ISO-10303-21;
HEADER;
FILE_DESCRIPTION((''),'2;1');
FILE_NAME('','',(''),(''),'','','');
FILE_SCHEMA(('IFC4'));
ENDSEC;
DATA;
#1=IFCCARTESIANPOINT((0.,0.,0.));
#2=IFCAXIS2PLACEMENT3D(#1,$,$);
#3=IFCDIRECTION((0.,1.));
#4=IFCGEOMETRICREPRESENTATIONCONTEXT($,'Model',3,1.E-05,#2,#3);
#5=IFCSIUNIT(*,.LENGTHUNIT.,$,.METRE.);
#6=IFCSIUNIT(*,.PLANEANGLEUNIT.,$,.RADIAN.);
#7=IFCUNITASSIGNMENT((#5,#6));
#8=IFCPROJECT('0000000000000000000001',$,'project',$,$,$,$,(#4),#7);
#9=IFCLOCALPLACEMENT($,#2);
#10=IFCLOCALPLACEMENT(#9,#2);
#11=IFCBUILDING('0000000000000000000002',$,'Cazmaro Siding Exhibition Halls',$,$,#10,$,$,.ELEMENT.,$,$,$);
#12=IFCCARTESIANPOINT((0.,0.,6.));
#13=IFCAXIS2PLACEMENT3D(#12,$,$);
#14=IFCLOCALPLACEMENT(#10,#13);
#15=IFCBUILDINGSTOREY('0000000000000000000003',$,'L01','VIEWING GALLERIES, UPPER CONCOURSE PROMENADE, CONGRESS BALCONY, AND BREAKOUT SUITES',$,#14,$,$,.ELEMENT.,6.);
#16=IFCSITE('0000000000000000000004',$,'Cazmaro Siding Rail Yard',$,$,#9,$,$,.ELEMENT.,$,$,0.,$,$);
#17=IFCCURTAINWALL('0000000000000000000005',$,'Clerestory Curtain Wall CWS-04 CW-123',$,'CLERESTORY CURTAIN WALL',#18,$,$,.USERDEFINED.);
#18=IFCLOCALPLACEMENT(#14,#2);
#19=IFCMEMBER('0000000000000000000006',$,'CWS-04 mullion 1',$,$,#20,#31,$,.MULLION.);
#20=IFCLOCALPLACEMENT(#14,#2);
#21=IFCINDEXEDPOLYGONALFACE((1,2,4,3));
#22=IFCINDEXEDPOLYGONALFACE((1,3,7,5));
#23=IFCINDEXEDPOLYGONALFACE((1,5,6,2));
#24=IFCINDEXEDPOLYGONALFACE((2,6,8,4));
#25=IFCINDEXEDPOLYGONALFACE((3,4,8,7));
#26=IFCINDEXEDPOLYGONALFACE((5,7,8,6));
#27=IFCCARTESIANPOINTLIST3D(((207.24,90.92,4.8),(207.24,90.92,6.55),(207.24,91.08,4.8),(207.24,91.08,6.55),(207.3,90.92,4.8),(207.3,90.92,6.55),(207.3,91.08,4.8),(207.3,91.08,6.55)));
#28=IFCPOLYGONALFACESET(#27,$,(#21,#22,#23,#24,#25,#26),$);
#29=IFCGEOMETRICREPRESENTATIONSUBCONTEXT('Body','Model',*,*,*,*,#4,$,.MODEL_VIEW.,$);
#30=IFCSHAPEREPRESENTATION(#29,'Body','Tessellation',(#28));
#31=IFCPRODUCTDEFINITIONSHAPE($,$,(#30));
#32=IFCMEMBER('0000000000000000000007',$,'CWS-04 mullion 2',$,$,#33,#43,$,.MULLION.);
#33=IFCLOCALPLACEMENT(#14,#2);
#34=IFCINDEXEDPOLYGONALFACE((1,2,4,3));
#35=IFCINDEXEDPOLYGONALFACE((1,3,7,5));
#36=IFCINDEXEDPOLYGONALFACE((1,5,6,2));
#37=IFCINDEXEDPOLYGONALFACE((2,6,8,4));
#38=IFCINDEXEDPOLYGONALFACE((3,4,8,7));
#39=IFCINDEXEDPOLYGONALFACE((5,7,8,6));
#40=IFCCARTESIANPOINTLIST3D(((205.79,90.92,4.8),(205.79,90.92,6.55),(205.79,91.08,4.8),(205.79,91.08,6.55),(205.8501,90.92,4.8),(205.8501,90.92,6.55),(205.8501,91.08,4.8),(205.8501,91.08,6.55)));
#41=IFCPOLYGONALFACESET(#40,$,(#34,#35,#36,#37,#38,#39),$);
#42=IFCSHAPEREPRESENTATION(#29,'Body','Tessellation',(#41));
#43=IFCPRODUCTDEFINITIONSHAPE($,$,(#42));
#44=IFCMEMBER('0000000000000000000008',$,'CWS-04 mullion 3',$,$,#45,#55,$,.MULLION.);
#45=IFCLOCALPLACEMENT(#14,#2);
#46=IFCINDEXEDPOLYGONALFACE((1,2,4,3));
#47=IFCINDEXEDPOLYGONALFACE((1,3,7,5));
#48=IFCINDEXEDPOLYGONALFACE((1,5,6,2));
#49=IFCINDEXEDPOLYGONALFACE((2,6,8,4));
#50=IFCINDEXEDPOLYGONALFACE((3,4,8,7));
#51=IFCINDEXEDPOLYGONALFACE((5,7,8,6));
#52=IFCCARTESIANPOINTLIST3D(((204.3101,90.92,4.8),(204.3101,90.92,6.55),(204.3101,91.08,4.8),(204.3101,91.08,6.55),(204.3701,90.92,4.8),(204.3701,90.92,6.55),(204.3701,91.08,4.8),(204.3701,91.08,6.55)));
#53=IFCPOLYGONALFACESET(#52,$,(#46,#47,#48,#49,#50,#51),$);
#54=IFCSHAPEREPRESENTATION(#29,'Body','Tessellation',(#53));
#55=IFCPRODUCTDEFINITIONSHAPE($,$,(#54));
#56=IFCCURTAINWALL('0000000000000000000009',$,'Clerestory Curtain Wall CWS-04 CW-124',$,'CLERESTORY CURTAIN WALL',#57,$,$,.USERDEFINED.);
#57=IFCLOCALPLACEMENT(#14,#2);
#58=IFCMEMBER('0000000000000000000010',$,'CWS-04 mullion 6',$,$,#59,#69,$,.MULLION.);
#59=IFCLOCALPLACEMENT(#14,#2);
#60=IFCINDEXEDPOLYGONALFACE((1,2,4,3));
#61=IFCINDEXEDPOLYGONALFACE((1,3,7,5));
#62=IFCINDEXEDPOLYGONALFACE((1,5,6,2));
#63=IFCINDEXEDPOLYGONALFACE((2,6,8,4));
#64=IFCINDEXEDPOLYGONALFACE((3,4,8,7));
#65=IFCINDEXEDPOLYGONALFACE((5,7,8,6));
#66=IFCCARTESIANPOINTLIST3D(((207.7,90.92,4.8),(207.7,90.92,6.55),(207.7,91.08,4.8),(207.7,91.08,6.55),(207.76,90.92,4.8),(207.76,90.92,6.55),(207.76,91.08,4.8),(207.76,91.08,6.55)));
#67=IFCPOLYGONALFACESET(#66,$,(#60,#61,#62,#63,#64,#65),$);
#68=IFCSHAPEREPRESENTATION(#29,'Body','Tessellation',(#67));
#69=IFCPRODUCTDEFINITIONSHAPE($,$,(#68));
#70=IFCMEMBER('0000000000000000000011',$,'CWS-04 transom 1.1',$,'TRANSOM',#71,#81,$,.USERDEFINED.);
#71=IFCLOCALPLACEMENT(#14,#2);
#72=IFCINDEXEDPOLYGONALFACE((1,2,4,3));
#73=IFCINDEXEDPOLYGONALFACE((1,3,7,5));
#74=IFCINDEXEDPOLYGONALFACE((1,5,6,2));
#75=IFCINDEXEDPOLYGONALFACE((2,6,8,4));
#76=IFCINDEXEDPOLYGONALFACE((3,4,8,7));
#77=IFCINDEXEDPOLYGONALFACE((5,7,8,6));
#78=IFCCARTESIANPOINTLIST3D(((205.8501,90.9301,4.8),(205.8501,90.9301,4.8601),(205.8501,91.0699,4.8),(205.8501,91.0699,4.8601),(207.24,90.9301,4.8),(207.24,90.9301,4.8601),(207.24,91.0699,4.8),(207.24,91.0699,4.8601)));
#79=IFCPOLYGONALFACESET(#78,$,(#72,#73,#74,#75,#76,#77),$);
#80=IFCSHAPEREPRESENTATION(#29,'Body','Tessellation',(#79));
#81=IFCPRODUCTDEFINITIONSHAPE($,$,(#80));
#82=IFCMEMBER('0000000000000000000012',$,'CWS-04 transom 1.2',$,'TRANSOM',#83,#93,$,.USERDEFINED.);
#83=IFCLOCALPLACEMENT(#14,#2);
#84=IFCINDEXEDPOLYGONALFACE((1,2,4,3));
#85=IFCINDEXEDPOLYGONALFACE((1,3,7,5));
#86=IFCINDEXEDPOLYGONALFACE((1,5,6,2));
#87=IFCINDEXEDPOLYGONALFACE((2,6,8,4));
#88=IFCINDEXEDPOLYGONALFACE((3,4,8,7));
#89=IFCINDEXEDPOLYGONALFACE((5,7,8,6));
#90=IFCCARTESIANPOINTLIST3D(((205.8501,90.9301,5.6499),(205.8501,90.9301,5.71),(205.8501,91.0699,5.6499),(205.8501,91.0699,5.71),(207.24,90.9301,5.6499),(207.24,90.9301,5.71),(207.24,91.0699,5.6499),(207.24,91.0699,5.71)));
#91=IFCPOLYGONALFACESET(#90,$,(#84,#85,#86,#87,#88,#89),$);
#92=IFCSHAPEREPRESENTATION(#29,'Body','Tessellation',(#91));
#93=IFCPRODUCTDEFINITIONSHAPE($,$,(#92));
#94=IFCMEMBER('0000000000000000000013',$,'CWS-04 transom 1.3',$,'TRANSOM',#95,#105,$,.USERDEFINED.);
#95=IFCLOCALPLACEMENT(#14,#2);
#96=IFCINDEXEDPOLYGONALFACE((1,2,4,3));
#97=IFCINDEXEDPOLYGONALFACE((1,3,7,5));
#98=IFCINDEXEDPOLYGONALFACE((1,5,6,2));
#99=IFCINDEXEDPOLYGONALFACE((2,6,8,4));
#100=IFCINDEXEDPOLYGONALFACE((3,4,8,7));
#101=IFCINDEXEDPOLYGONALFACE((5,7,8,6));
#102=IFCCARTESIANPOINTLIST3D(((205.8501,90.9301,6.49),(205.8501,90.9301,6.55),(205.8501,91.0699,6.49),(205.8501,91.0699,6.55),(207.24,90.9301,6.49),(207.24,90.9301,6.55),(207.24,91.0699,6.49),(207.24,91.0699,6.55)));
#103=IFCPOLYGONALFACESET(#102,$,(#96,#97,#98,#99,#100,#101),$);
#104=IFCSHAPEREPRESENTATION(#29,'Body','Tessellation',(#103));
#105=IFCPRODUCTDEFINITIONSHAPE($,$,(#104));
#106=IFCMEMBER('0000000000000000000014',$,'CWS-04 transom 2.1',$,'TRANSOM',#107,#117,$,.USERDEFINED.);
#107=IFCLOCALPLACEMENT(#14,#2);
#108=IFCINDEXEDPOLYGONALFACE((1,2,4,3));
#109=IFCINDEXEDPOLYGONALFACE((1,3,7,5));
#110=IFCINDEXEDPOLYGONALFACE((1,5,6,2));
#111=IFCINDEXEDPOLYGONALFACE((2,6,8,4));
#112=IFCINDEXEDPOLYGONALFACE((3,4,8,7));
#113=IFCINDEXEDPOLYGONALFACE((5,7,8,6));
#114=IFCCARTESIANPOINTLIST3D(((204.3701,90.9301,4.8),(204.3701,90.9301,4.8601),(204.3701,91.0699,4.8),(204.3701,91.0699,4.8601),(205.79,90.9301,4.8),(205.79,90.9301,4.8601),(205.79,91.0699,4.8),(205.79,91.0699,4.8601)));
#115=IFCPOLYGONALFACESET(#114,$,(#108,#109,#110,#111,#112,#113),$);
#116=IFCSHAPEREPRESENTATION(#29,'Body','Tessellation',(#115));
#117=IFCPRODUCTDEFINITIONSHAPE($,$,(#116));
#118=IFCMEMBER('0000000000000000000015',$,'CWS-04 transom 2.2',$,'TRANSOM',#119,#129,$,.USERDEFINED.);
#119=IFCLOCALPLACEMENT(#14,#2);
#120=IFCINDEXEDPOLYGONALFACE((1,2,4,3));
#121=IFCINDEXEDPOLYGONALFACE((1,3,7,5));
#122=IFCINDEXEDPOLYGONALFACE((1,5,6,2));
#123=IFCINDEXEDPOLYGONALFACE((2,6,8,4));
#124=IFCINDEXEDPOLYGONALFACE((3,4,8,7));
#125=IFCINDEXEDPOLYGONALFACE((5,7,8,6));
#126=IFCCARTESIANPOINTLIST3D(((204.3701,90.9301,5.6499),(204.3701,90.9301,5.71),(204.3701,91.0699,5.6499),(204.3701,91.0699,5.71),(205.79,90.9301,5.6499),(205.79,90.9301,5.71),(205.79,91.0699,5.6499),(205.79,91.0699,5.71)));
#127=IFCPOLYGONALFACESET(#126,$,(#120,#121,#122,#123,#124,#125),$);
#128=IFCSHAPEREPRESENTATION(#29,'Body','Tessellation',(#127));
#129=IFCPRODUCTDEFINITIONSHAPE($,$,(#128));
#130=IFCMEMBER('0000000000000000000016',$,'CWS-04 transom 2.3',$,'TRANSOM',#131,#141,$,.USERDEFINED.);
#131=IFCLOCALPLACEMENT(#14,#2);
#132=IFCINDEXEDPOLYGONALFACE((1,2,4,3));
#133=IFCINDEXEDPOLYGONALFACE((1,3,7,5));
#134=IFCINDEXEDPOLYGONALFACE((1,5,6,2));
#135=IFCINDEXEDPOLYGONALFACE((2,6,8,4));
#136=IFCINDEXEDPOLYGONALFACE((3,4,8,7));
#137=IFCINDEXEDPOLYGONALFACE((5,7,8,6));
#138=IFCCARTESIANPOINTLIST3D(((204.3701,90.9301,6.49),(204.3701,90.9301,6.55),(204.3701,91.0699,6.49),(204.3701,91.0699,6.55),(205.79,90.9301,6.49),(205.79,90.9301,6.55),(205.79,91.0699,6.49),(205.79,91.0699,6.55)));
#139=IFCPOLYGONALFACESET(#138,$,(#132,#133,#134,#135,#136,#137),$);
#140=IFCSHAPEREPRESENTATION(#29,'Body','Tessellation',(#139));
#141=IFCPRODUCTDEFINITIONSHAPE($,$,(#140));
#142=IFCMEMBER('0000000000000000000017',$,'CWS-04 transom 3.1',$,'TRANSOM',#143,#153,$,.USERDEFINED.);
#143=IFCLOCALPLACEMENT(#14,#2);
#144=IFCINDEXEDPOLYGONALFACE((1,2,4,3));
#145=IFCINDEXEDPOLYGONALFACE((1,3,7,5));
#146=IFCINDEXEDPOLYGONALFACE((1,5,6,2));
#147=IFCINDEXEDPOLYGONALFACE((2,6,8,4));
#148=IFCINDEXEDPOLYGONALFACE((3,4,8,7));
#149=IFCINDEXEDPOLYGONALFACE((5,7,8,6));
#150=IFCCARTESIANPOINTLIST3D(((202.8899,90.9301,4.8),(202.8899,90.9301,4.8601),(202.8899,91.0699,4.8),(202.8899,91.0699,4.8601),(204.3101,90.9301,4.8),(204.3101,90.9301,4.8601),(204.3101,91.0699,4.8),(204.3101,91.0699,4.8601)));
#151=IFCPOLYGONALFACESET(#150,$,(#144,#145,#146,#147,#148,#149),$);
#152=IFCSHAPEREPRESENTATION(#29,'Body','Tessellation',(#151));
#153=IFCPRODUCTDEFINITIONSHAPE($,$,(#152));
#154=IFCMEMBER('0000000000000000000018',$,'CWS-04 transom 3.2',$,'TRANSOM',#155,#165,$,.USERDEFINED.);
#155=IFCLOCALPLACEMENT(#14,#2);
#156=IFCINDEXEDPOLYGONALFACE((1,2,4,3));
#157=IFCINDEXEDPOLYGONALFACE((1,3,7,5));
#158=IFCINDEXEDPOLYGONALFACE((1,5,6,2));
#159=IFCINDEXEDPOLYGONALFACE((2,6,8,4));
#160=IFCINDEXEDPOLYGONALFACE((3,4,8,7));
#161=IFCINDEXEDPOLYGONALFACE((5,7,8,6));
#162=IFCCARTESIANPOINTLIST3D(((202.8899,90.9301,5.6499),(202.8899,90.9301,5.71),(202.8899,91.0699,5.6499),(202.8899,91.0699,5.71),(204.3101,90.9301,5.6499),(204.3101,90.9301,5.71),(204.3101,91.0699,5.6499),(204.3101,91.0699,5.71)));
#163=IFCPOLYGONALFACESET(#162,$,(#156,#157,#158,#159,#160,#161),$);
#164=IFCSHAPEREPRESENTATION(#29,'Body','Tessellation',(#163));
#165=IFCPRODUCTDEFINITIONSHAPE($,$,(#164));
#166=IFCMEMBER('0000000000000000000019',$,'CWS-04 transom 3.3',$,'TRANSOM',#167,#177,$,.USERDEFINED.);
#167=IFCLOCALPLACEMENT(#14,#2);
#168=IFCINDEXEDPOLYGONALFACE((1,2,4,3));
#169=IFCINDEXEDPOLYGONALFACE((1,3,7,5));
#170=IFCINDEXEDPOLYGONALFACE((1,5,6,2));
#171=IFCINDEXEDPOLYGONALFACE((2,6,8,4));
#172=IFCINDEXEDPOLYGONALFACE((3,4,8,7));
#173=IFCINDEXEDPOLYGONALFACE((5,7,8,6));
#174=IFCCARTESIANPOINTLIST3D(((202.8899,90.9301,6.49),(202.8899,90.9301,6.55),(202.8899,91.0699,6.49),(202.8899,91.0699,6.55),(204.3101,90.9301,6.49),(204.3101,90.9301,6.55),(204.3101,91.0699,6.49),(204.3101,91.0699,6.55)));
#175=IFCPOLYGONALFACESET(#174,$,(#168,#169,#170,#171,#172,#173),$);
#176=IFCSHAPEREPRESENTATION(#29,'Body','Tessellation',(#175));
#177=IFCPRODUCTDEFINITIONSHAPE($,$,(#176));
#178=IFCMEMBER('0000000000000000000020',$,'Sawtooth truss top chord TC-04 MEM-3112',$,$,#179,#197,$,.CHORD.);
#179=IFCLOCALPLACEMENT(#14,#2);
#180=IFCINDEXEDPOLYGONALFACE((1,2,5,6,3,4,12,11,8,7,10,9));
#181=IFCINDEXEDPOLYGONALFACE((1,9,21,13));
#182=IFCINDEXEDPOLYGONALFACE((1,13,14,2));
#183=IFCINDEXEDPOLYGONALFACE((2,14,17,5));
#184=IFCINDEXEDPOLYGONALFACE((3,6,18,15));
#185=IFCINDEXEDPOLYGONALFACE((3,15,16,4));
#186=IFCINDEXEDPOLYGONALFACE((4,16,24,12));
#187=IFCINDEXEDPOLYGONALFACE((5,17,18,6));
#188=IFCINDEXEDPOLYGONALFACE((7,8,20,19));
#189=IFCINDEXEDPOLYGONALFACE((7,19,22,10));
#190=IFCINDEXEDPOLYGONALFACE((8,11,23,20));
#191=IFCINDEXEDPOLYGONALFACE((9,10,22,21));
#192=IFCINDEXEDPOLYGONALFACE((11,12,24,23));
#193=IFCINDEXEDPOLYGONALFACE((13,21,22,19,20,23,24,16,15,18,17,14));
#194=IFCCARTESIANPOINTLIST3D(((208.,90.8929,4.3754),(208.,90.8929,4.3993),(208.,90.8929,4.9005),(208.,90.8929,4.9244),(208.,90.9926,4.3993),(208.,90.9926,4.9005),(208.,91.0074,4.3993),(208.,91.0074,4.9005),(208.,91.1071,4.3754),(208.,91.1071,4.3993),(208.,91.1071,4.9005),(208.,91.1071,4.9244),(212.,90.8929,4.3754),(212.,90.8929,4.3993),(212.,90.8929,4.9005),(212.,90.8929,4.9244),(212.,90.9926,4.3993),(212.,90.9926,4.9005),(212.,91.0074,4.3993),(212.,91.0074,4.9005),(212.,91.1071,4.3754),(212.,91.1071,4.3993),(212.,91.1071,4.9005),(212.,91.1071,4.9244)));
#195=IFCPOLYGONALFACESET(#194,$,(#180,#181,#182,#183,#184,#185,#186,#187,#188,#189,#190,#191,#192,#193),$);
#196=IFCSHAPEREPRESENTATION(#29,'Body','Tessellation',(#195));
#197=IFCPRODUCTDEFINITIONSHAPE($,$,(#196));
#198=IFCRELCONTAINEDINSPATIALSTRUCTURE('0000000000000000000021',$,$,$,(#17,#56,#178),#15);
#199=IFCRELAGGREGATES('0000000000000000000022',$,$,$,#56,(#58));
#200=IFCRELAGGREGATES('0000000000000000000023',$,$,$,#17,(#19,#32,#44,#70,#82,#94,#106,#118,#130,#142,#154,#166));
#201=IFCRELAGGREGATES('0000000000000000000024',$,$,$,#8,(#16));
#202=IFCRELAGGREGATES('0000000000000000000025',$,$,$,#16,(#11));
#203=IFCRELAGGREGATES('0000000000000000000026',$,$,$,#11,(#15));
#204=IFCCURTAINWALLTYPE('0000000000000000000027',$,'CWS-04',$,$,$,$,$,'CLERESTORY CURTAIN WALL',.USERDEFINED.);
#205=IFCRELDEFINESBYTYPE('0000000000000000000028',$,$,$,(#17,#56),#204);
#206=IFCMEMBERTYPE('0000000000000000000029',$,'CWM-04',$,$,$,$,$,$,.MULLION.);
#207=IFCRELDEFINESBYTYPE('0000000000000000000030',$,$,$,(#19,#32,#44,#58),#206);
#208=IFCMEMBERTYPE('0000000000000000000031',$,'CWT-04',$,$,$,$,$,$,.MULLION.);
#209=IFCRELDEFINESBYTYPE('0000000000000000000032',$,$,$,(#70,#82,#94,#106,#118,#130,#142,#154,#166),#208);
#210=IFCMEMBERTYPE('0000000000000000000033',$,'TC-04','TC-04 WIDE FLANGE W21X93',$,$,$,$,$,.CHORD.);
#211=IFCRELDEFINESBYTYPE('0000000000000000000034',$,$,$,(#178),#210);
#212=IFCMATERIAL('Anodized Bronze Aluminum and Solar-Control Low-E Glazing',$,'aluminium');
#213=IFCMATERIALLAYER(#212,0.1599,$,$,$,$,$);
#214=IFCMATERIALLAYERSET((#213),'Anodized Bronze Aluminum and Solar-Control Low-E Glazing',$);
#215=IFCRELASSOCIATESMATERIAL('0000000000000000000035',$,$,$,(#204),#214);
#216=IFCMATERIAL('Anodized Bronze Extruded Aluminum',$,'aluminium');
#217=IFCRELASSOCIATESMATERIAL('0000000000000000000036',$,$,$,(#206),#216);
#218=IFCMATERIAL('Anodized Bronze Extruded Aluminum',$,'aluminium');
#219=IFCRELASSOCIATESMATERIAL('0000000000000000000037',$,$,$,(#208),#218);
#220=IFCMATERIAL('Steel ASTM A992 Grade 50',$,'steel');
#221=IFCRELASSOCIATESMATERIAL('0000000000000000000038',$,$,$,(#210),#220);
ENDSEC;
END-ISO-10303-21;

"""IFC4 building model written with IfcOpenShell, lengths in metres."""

from ifc_helpers import new_model, si_unit, direction, frame, origin, origin_2d, place, context, subcontext, project, spatial, rectangle, i_section, extrude, material, layer, layer_set, material_profile, profile_set, type_object, element, aggregate, save


model = new_model("IFC4")

# Units and contexts
model_context = context("Model", 3, precision=1e-05, world=origin(), true_north=direction((0.0, 1.0)))
body_context = subcontext(model_context, "Body", "Model", "MODEL_VIEW")
ifc_project = project(units=[si_unit("LENGTHUNIT", "METRE"), si_unit("PLANEANGLEUNIT", "RADIAN")], contexts=[model_context])

# Site, building, storey
site_placement = place(None, origin())
site = spatial("IfcSite", under=ifc_project, at=site_placement, Name="Cazmaro Siding Rail Yard", CompositionType="ELEMENT", RefElevation=0.0)
building_placement = place(site_placement, origin())
building = spatial("IfcBuilding", under=site, at=building_placement, Name="Cazmaro Siding Exhibition Halls", CompositionType="ELEMENT")
storey_placement = place(building_placement, frame((0.0, 0.0, 6.0)))
storey = spatial("IfcBuildingStorey", under=building, at=storey_placement, Name="L01", Description="VIEWING GALLERIES, UPPER CONCOURSE PROMENADE, CONGRESS BALCONY, AND BREAKOUT SUITES", CompositionType="ELEMENT", Elevation=6.0)

# Curtain wall, members
ifc_material_1 = material(Name="Anodized Bronze Aluminum and Solar-Control Low-E Glazing", Category="aluminium")
ifc_layer_1 = layer(ifc_material_1, 0.1599)
ifc_layer_set_1 = layer_set([ifc_layer_1], Name="Anodized Bronze Aluminum and Solar-Control Low-E Glazing")
curtain_wall_type = type_object("IfcCurtainWallType", Name="CWS-04", ElementType="CLERESTORY CURTAIN WALL", PredefinedType="USERDEFINED", material=ifc_layer_set_1)
curtain_wall_1_placement = place(storey_placement, origin())
curtain_wall_1 = element("IfcCurtainWall", 1, at=curtain_wall_1_placement, inside=storey, type_object=curtain_wall_type, Name="Clerestory Curtain Wall CWS-04 CW-123", ObjectType="CLERESTORY CURTAIN WALL", PredefinedType="USERDEFINED")
ifc_material_2 = material(Name="Anodized Bronze Extruded Aluminum", Category="aluminium")
ifc_material_profile_1 = material_profile(ifc_material_2, rectangle(XDim=0.1599, YDim=0.0601, at=origin_2d()), Name="CWM-04")
ifc_profile_set_1 = profile_set([ifc_material_profile_1], Name="Anodized Bronze Extruded Aluminum")
member_type_1 = type_object("IfcMemberType", Name="CWM-04", PredefinedType="MULLION", material=ifc_profile_set_1)
member_1_placement = place(storey_placement, frame((207.27, 91.0, 4.8), z_axis=(0.0, 0.0, 1.0), x_axis=(0.0, -1.0, 0.0)))
member_1 = element("IfcMember", 2, at=member_1_placement, type_object=member_type_1, Name="CWS-04 mullion 1", PredefinedType="MULLION", context=body_context, shape_type="SweptSolid", body=[
    extrude(rectangle(XDim=0.1599, YDim=0.0601, at=origin_2d()), origin(), (0.0, 0.0, 1.0), 1.75),
])
member_2_placement = place(storey_placement, frame((205.8201, 91.0, 4.8), z_axis=(0.0, 0.0, 1.0), x_axis=(0.0, -1.0, 0.0)))
member_2 = element("IfcMember", 3, at=member_2_placement, type_object=member_type_1, Name="CWS-04 mullion 2", PredefinedType="MULLION", context=body_context, shape_type="SweptSolid", body=[
    extrude(rectangle(XDim=0.1599, YDim=0.0601, at=origin_2d()), origin(), (0.0, 0.0, 1.0), 1.75),
])
member_3_placement = place(storey_placement, frame((204.3401, 91.0, 4.8), z_axis=(0.0, 0.0, 1.0), x_axis=(0.0, -1.0, 0.0)))
member_3 = element("IfcMember", 4, at=member_3_placement, type_object=member_type_1, Name="CWS-04 mullion 3", PredefinedType="MULLION", context=body_context, shape_type="SweptSolid", body=[
    extrude(rectangle(XDim=0.1599, YDim=0.0601, at=origin_2d()), origin(), (0.0, 0.0, 1.0), 1.75),
])

# Curtain wall, member
curtain_wall_2_placement = place(storey_placement, origin())
curtain_wall_2 = element("IfcCurtainWall", 5, at=curtain_wall_2_placement, inside=storey, type_object=curtain_wall_type, Name="Clerestory Curtain Wall CWS-04 CW-124", ObjectType="CLERESTORY CURTAIN WALL", PredefinedType="USERDEFINED")
member_4_placement = place(storey_placement, frame((207.73, 91.0, 4.8), z_axis=(0.0, 0.0, 1.0), x_axis=(0.0, -1.0, 0.0)))
member_4 = element("IfcMember", 6, at=member_4_placement, type_object=member_type_1, Name="CWS-04 mullion 6", PredefinedType="MULLION", context=body_context, shape_type="SweptSolid", body=[
    extrude(rectangle(XDim=0.1599, YDim=0.0601, at=origin_2d()), origin(), (0.0, 0.0, 1.0), 1.75),
])
aggregate(curtain_wall_2, [member_4])

# Members
ifc_material_3 = material(Name="Anodized Bronze Extruded Aluminum", Category="aluminium")
ifc_material_profile_2 = material_profile(ifc_material_3, rectangle(XDim=0.1399, YDim=0.0601, at=origin_2d()), Name="CWT-04")
ifc_profile_set_2 = profile_set([ifc_material_profile_2], Name="Anodized Bronze Extruded Aluminum")
member_type_2 = type_object("IfcMemberType", Name="CWT-04", PredefinedType="MULLION", material=ifc_profile_set_2)
member_5_placement = place(storey_placement, frame((207.24, 91.0, 4.8301), z_axis=(-1.0, 0.0, 0.0), x_axis=(0.0, -1.0, 0.0)))
member_5 = element("IfcMember", 7, at=member_5_placement, type_object=member_type_2, Name="CWS-04 transom 1.1", ObjectType="TRANSOM", PredefinedType="USERDEFINED", context=body_context, shape_type="SweptSolid", body=[
    extrude(rectangle(XDim=0.1399, YDim=0.0601, at=origin_2d()), origin(), (0.0, 0.0, 1.0), 1.3899),
])
member_6_placement = place(storey_placement, frame((207.24, 91.0, 5.6799), z_axis=(-1.0, 0.0, 0.0), x_axis=(0.0, -1.0, 0.0)))
member_6 = element("IfcMember", 8, at=member_6_placement, type_object=member_type_2, Name="CWS-04 transom 1.2", ObjectType="TRANSOM", PredefinedType="USERDEFINED", context=body_context, shape_type="SweptSolid", body=[
    extrude(rectangle(XDim=0.1399, YDim=0.0601, at=origin_2d()), origin(), (0.0, 0.0, 1.0), 1.3899),
])
member_7_placement = place(storey_placement, frame((207.24, 91.0, 6.52), z_axis=(-1.0, 0.0, 0.0), x_axis=(0.0, -1.0, 0.0)))
member_7 = element("IfcMember", 9, at=member_7_placement, type_object=member_type_2, Name="CWS-04 transom 1.3", ObjectType="TRANSOM", PredefinedType="USERDEFINED", context=body_context, shape_type="SweptSolid", body=[
    extrude(rectangle(XDim=0.1399, YDim=0.0601, at=origin_2d()), origin(), (0.0, 0.0, 1.0), 1.3899),
])
member_8_placement = place(storey_placement, frame((205.79, 91.0, 4.8301), z_axis=(-1.0, 0.0, 0.0), x_axis=(0.0, -1.0, 0.0)))
member_8 = element("IfcMember", 10, at=member_8_placement, type_object=member_type_2, Name="CWS-04 transom 2.1", ObjectType="TRANSOM", PredefinedType="USERDEFINED", context=body_context, shape_type="SweptSolid", body=[
    extrude(rectangle(XDim=0.1399, YDim=0.0601, at=origin_2d()), origin(), (0.0, 0.0, 1.0), 1.4199),
])
member_9_placement = place(storey_placement, frame((205.79, 91.0, 5.6799), z_axis=(-1.0, 0.0, 0.0), x_axis=(0.0, -1.0, 0.0)))
member_9 = element("IfcMember", 11, at=member_9_placement, type_object=member_type_2, Name="CWS-04 transom 2.2", ObjectType="TRANSOM", PredefinedType="USERDEFINED", context=body_context, shape_type="SweptSolid", body=[
    extrude(rectangle(XDim=0.1399, YDim=0.0601, at=origin_2d()), origin(), (0.0, 0.0, 1.0), 1.4199),
])
member_10_placement = place(storey_placement, frame((205.79, 91.0, 6.52), z_axis=(-1.0, 0.0, 0.0), x_axis=(0.0, -1.0, 0.0)))
member_10 = element("IfcMember", 12, at=member_10_placement, type_object=member_type_2, Name="CWS-04 transom 2.3", ObjectType="TRANSOM", PredefinedType="USERDEFINED", context=body_context, shape_type="SweptSolid", body=[
    extrude(rectangle(XDim=0.1399, YDim=0.0601, at=origin_2d()), origin(), (0.0, 0.0, 1.0), 1.4199),
])
member_11_placement = place(storey_placement, frame((204.3101, 91.0, 4.8301), z_axis=(-1.0, 0.0, 0.0), x_axis=(0.0, -1.0, 0.0)))
member_11 = element("IfcMember", 13, at=member_11_placement, type_object=member_type_2, Name="CWS-04 transom 3.1", ObjectType="TRANSOM", PredefinedType="USERDEFINED", context=body_context, shape_type="SweptSolid", body=[
    extrude(rectangle(XDim=0.1399, YDim=0.0601, at=origin_2d()), origin(), (0.0, 0.0, 1.0), 1.4202),
])
member_12_placement = place(storey_placement, frame((204.3101, 91.0, 5.6799), z_axis=(-1.0, 0.0, 0.0), x_axis=(0.0, -1.0, 0.0)))
member_12 = element("IfcMember", 14, at=member_12_placement, type_object=member_type_2, Name="CWS-04 transom 3.2", ObjectType="TRANSOM", PredefinedType="USERDEFINED", context=body_context, shape_type="SweptSolid", body=[
    extrude(rectangle(XDim=0.1399, YDim=0.0601, at=origin_2d()), origin(), (0.0, 0.0, 1.0), 1.4202),
])
member_13_placement = place(storey_placement, frame((204.3101, 91.0, 6.52), z_axis=(-1.0, 0.0, 0.0), x_axis=(0.0, -1.0, 0.0)))
member_13 = element("IfcMember", 15, at=member_13_placement, type_object=member_type_2, Name="CWS-04 transom 3.3", ObjectType="TRANSOM", PredefinedType="USERDEFINED", context=body_context, shape_type="SweptSolid", body=[
    extrude(rectangle(XDim=0.1399, YDim=0.0601, at=origin_2d()), origin(), (0.0, 0.0, 1.0), 1.4202),
])

# Member
ifc_material_4 = material(Name="Steel ASTM A992 Grade 50", Category="steel")
ifc_material_profile_3 = material_profile(ifc_material_4, i_section(OverallWidth=0.2141, OverallDepth=0.5491, WebThickness=0.0149, FlangeThickness=0.0239, at=origin_2d()), Name="W21X93")
ifc_profile_set_3 = profile_set([ifc_material_profile_3], Name="Steel ASTM A992 Grade 50")
member_type_3 = type_object("IfcMemberType", Name="TC-04", Description="TC-04 WIDE FLANGE W21X93", PredefinedType="CHORD", material=ifc_profile_set_3)
member_14_placement = place(storey_placement, frame((208.0, 91.0, 4.6499), z_axis=(1.0, 0.0, 0.0), x_axis=(0.0, 1.0, 0.0)))
element("IfcMember", 16, at=member_14_placement, inside=storey, type_object=member_type_3, Name="Sawtooth truss top chord TC-04 MEM-3112", PredefinedType="CHORD", context=body_context, shape_type="SweptSolid", body=[
    extrude(i_section(OverallWidth=0.2141, OverallDepth=0.5491, WebThickness=0.0149, FlangeThickness=0.0239, at=origin_2d()), origin(), (0.0, 0.0, 1.0), 4.0),
])

aggregate(curtain_wall_1, [member_1, member_2, member_3, member_5, member_6, member_7, member_8, member_9, member_10, member_11, member_12, member_13])

save(model, "model.ifc")
